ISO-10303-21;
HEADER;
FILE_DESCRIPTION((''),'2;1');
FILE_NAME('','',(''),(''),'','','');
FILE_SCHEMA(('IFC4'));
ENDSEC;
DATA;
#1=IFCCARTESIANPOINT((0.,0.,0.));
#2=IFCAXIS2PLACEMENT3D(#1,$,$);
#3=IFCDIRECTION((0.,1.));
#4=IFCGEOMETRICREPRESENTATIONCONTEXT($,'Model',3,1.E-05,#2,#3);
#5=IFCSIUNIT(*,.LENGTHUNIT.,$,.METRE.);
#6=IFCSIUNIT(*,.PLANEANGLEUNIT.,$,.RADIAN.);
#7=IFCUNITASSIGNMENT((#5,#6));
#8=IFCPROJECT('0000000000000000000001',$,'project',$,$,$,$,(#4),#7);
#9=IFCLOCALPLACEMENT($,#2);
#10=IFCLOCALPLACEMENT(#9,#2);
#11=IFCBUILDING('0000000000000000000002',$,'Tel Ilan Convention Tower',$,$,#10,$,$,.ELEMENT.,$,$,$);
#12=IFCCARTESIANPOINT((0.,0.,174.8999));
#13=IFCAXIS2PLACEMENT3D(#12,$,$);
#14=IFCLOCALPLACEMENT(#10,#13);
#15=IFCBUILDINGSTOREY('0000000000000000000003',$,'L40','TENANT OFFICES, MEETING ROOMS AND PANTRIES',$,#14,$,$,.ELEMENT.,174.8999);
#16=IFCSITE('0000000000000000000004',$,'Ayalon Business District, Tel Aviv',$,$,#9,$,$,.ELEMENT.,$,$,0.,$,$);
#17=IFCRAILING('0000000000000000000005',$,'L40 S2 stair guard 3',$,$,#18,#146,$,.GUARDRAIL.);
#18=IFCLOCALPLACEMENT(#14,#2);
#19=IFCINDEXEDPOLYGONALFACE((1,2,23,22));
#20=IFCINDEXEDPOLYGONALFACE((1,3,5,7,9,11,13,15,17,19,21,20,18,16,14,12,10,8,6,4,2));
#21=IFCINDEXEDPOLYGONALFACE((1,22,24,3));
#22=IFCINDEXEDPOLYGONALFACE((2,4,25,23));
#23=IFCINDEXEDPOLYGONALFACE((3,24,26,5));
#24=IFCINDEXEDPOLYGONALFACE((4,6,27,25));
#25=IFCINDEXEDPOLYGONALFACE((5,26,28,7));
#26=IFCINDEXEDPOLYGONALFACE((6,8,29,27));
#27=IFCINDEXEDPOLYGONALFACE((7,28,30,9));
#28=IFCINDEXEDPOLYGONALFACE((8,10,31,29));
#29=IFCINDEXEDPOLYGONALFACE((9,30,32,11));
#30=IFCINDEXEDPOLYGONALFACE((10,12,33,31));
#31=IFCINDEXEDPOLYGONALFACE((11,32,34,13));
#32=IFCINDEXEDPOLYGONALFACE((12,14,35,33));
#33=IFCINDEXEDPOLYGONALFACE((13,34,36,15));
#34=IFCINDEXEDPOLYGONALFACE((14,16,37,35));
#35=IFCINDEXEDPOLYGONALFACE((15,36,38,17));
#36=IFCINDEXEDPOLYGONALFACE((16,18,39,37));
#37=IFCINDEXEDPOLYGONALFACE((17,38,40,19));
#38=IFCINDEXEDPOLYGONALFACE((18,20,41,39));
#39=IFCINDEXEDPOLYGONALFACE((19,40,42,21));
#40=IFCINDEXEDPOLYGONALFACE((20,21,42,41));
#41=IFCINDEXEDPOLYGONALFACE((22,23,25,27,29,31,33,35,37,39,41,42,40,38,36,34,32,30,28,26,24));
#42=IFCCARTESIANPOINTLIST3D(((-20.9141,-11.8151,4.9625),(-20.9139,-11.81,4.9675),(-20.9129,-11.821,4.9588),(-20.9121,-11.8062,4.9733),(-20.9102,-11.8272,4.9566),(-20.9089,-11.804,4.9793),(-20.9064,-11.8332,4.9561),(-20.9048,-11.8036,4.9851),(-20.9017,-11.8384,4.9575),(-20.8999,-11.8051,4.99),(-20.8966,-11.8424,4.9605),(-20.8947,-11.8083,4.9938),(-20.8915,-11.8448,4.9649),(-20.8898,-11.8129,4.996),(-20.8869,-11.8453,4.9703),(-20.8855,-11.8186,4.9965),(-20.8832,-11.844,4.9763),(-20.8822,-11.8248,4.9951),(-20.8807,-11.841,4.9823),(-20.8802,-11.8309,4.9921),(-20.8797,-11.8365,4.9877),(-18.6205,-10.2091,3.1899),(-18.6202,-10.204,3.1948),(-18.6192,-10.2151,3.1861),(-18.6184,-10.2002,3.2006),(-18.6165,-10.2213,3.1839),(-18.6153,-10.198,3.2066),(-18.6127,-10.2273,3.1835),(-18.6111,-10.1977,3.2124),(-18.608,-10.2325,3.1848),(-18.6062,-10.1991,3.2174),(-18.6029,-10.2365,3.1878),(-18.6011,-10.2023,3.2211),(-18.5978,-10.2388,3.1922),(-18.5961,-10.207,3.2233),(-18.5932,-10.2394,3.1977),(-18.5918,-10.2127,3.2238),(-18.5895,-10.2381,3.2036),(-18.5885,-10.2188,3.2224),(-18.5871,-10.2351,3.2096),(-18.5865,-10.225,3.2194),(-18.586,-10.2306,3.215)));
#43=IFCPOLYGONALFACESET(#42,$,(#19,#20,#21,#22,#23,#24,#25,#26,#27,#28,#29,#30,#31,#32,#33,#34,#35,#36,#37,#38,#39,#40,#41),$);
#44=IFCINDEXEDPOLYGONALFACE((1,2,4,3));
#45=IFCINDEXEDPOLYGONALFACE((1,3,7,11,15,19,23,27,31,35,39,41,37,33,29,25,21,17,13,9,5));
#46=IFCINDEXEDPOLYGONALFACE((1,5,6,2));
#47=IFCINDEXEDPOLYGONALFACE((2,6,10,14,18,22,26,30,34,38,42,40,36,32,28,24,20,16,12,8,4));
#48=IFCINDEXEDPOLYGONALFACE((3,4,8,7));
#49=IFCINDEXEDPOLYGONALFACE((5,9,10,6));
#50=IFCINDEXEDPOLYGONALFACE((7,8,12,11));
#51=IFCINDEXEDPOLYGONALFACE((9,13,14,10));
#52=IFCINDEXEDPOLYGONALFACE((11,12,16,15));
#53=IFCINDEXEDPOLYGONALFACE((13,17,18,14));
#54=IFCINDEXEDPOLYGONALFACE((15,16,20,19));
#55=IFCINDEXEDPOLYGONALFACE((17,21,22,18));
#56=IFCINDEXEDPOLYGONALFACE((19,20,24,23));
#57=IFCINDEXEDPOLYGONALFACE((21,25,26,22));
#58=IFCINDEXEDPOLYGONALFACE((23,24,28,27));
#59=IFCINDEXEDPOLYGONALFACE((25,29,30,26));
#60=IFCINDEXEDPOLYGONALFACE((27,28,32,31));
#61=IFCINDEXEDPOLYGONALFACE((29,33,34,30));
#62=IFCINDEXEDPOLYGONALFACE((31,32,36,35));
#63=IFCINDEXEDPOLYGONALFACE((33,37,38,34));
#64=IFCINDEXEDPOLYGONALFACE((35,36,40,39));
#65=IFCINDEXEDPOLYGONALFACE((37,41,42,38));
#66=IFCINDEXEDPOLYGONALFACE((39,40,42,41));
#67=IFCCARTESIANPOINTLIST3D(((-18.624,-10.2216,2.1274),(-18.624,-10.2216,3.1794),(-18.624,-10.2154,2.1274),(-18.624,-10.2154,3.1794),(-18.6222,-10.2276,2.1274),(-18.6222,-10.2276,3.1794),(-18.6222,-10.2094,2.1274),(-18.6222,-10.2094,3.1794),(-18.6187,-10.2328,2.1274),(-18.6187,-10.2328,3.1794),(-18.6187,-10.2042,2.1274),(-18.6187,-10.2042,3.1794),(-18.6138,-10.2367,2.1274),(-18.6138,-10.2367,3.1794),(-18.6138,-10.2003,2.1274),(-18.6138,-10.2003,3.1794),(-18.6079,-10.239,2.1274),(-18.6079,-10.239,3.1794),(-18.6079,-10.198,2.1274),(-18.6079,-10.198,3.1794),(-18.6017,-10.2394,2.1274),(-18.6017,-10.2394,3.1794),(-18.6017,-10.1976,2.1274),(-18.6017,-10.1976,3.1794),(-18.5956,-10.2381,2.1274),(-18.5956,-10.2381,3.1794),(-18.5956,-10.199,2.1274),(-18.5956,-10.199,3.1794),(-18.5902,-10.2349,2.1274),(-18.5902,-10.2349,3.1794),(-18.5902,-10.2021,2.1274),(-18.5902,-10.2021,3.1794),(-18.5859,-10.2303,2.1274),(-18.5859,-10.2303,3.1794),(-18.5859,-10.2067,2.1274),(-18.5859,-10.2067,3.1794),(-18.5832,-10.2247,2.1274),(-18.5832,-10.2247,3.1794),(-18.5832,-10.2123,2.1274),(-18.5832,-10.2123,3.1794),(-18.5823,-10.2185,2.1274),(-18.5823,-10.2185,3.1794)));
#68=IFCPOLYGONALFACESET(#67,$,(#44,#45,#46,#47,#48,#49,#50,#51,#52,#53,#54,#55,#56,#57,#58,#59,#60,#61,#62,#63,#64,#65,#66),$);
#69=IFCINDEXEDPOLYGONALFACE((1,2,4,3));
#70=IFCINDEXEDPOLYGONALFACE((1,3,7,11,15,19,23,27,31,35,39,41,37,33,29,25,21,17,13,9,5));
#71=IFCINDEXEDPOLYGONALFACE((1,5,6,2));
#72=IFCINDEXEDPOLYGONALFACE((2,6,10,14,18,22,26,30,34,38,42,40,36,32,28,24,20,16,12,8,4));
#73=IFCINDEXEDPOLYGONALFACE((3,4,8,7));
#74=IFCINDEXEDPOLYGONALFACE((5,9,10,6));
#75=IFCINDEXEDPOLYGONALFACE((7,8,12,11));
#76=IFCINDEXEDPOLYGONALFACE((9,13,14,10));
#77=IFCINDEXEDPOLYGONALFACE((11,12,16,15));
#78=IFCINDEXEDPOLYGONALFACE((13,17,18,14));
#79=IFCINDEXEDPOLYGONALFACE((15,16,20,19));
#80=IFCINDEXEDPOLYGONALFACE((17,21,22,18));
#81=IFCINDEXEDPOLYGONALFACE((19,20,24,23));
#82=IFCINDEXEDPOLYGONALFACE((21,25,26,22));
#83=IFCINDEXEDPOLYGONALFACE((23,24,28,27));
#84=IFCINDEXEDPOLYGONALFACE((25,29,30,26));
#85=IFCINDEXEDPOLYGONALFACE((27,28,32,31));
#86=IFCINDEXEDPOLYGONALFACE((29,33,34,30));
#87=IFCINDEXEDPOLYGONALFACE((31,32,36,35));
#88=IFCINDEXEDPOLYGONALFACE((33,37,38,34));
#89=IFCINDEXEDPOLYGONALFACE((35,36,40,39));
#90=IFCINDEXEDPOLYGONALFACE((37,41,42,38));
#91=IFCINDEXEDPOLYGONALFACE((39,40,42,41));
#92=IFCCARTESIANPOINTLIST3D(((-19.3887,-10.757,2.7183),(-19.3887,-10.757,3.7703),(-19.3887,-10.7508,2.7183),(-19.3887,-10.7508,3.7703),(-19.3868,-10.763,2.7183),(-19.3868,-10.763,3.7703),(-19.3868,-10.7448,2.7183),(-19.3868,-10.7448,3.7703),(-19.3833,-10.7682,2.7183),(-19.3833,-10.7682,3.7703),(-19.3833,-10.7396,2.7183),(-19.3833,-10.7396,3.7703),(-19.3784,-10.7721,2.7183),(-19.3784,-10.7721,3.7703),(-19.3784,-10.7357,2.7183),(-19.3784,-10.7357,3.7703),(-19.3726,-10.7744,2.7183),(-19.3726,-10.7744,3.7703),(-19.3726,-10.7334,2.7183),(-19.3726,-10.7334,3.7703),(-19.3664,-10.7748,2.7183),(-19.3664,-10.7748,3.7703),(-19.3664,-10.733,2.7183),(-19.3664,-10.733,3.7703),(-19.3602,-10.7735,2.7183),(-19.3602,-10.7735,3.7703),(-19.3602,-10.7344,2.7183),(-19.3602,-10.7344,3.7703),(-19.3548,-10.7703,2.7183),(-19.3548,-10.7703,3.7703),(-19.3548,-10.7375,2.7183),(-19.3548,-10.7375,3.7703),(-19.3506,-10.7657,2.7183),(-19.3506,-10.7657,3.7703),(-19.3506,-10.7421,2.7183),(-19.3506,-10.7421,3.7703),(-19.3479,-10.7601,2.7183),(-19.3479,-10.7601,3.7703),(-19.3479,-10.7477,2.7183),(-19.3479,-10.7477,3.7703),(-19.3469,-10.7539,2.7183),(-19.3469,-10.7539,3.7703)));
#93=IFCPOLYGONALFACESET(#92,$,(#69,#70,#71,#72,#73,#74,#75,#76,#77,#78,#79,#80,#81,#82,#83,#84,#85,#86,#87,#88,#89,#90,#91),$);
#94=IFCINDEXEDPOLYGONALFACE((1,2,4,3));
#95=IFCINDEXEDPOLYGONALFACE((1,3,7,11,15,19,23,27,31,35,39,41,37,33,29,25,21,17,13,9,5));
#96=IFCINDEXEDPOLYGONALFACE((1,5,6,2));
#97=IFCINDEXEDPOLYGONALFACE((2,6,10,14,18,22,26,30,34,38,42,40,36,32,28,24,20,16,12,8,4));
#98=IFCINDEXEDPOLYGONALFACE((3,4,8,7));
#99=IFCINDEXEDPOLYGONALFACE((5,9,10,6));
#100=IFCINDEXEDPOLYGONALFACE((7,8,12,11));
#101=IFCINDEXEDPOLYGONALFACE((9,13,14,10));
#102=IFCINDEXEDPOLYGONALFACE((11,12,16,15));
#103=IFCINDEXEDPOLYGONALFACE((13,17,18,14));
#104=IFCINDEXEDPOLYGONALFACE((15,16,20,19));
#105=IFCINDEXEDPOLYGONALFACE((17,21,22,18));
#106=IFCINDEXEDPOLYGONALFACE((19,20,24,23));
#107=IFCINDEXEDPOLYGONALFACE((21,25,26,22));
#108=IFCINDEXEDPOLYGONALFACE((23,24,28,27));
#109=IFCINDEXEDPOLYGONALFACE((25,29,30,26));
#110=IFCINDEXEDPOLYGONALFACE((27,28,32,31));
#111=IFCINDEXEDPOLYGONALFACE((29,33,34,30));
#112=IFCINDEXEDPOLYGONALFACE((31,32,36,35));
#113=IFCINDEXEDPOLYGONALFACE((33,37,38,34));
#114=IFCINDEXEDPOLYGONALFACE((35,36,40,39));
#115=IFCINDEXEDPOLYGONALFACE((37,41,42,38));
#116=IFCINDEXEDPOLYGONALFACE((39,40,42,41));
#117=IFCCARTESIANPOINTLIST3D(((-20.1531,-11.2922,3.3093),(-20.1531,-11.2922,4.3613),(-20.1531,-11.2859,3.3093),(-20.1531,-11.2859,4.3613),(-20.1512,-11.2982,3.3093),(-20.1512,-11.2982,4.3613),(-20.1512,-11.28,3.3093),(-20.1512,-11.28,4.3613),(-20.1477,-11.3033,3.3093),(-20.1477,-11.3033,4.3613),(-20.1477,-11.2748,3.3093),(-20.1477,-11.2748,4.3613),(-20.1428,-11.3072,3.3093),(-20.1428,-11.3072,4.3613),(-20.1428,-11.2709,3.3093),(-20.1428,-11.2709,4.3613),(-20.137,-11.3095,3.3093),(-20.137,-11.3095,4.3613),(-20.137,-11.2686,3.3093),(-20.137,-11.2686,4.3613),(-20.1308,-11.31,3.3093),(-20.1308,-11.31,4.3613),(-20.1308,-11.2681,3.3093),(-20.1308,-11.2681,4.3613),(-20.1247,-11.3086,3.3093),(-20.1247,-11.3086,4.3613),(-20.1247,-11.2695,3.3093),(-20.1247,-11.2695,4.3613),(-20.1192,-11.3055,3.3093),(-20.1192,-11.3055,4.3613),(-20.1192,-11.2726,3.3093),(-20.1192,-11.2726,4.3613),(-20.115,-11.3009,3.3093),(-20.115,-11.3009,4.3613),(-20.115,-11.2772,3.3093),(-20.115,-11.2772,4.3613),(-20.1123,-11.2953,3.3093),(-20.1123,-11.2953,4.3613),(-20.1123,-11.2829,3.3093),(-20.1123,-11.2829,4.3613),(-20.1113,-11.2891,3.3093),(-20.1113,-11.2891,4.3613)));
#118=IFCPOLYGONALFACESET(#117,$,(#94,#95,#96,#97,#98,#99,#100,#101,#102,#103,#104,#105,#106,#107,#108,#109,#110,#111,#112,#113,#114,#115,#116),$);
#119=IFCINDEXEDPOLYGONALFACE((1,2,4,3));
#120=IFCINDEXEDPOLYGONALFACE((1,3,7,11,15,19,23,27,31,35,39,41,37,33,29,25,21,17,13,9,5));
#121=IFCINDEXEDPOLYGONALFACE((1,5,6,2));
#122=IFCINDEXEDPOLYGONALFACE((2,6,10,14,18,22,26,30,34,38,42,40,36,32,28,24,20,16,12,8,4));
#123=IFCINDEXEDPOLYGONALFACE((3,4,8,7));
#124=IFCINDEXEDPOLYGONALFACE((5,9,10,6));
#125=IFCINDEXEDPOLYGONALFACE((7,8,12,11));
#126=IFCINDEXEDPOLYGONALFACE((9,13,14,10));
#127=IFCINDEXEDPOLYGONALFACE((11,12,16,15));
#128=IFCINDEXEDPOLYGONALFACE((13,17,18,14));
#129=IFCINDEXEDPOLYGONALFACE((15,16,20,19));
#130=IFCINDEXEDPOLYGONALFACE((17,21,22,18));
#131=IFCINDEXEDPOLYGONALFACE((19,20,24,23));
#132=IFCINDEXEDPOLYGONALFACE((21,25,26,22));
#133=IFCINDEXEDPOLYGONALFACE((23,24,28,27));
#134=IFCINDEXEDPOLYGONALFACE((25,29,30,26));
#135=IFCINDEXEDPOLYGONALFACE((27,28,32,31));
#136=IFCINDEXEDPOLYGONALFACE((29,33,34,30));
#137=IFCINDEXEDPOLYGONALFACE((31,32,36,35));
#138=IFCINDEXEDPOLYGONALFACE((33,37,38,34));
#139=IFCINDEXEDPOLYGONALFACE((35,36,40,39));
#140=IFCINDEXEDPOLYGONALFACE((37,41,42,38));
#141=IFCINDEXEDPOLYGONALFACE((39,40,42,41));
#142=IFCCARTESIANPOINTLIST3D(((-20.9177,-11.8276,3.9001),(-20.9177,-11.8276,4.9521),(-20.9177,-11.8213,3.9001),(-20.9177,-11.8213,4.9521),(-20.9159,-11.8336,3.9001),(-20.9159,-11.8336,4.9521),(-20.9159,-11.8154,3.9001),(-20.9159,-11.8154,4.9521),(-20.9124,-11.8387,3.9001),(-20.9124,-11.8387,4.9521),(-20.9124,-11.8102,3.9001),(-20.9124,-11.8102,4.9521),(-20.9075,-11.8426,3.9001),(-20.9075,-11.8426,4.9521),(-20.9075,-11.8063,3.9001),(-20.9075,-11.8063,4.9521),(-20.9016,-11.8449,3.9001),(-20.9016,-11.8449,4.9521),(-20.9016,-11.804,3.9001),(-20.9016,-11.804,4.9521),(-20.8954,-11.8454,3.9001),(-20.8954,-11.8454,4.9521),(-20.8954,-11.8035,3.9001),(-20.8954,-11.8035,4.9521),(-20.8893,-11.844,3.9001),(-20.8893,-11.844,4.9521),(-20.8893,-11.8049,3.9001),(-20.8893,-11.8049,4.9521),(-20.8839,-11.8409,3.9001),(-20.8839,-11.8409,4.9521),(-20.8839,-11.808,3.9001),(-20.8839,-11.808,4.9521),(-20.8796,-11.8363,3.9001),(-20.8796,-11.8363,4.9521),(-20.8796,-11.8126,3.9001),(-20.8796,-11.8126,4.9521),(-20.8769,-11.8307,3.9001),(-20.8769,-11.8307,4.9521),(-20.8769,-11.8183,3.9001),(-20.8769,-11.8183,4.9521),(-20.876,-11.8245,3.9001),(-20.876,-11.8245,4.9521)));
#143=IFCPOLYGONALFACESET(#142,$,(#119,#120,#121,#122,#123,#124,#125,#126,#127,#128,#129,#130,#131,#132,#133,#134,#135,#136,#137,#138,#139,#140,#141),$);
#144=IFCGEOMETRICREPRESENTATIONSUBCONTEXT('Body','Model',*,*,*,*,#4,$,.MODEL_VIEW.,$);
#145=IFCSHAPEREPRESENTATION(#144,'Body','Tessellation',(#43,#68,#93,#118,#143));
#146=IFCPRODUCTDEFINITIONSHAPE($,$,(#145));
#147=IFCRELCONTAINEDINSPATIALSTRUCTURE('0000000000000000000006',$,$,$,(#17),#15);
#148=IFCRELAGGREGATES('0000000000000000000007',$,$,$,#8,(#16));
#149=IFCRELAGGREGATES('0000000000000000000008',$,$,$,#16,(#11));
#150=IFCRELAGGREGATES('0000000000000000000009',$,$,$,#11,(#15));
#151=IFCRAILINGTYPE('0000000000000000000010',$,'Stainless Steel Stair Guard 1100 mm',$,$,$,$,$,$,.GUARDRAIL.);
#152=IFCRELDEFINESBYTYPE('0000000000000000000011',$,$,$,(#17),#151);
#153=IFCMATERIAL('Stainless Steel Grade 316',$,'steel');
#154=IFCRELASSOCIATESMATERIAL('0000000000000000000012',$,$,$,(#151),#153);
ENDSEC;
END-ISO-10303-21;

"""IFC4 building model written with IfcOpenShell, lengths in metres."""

from ifc_helpers import new_model, si_unit, direction, frame, origin, origin_2d, place, context, subcontext, project, spatial, circle, extrude, material, type_object, element, save


model = new_model("IFC4")

# Units and contexts
model_context = context("Model", 3, precision=1e-05, world=origin(), true_north=direction((0.0, 1.0)))
body_context = subcontext(model_context, "Body", "Model", "MODEL_VIEW")
ifc_project = project(units=[si_unit("LENGTHUNIT", "METRE"), si_unit("PLANEANGLEUNIT", "RADIAN")], contexts=[model_context])

# Site, building, storey
site_placement = place(None, origin())
site = spatial("IfcSite", under=ifc_project, at=site_placement, Name="Ayalon Business District, Tel Aviv", CompositionType="ELEMENT", RefElevation=0.0)
building_placement = place(site_placement, origin())
building = spatial("IfcBuilding", under=site, at=building_placement, Name="Tel Ilan Convention Tower", CompositionType="ELEMENT")
storey_placement = place(building_placement, frame((0.0, 0.0, 174.8999)))
storey = spatial("IfcBuildingStorey", under=building, at=storey_placement, Name="L40", Description="TENANT OFFICES, MEETING ROOMS AND PANTRIES", CompositionType="ELEMENT", Elevation=174.8999)

# Railing
ifc_material_1 = material(Name="Stainless Steel Grade 316", Category="steel")
railing_type_1 = type_object("IfcRailingType", Name="Stainless Steel Stair Guard 1100 mm", PredefinedType="GUARDRAIL", material=ifc_material_1)
railing_1_placement = place(storey_placement, frame((-18.6033, -10.2185, 2.1274)))
element("IfcRailing", 1, at=railing_1_placement, inside=storey, type_object=railing_type_1, Name="L40 S2 stair guard 3", PredefinedType="GUARDRAIL", context=body_context, shape_type="SweptSolid", body=[
    extrude(circle(Radius=0.0239, at=origin_2d()), frame((0.0, 0.0, 1.0762), z_axis=(-0.692123, -0.484597, 0.534913), x_axis=(0.57355, -0.81917, 0.0)), (0.0, 0.0, 1.0), 3.314),
    extrude(circle(Radius=0.021, at=origin_2d()), origin(), (0.0, 0.0, 1.0), 1.052),
    extrude(circle(Radius=0.021, at=origin_2d()), frame((-0.7646, -0.5354, 0.5908)), (0.0, 0.0, 1.0), 1.052),
    extrude(circle(Radius=0.021, at=origin_2d()), frame((-1.5291, -1.0706, 1.1819)), (0.0, 0.0, 1.0), 1.052),
    extrude(circle(Radius=0.021, at=origin_2d()), frame((-2.2937, -1.606, 1.7727)), (0.0, 0.0, 1.0), 1.052),
])

save(model, "model.ifc")
